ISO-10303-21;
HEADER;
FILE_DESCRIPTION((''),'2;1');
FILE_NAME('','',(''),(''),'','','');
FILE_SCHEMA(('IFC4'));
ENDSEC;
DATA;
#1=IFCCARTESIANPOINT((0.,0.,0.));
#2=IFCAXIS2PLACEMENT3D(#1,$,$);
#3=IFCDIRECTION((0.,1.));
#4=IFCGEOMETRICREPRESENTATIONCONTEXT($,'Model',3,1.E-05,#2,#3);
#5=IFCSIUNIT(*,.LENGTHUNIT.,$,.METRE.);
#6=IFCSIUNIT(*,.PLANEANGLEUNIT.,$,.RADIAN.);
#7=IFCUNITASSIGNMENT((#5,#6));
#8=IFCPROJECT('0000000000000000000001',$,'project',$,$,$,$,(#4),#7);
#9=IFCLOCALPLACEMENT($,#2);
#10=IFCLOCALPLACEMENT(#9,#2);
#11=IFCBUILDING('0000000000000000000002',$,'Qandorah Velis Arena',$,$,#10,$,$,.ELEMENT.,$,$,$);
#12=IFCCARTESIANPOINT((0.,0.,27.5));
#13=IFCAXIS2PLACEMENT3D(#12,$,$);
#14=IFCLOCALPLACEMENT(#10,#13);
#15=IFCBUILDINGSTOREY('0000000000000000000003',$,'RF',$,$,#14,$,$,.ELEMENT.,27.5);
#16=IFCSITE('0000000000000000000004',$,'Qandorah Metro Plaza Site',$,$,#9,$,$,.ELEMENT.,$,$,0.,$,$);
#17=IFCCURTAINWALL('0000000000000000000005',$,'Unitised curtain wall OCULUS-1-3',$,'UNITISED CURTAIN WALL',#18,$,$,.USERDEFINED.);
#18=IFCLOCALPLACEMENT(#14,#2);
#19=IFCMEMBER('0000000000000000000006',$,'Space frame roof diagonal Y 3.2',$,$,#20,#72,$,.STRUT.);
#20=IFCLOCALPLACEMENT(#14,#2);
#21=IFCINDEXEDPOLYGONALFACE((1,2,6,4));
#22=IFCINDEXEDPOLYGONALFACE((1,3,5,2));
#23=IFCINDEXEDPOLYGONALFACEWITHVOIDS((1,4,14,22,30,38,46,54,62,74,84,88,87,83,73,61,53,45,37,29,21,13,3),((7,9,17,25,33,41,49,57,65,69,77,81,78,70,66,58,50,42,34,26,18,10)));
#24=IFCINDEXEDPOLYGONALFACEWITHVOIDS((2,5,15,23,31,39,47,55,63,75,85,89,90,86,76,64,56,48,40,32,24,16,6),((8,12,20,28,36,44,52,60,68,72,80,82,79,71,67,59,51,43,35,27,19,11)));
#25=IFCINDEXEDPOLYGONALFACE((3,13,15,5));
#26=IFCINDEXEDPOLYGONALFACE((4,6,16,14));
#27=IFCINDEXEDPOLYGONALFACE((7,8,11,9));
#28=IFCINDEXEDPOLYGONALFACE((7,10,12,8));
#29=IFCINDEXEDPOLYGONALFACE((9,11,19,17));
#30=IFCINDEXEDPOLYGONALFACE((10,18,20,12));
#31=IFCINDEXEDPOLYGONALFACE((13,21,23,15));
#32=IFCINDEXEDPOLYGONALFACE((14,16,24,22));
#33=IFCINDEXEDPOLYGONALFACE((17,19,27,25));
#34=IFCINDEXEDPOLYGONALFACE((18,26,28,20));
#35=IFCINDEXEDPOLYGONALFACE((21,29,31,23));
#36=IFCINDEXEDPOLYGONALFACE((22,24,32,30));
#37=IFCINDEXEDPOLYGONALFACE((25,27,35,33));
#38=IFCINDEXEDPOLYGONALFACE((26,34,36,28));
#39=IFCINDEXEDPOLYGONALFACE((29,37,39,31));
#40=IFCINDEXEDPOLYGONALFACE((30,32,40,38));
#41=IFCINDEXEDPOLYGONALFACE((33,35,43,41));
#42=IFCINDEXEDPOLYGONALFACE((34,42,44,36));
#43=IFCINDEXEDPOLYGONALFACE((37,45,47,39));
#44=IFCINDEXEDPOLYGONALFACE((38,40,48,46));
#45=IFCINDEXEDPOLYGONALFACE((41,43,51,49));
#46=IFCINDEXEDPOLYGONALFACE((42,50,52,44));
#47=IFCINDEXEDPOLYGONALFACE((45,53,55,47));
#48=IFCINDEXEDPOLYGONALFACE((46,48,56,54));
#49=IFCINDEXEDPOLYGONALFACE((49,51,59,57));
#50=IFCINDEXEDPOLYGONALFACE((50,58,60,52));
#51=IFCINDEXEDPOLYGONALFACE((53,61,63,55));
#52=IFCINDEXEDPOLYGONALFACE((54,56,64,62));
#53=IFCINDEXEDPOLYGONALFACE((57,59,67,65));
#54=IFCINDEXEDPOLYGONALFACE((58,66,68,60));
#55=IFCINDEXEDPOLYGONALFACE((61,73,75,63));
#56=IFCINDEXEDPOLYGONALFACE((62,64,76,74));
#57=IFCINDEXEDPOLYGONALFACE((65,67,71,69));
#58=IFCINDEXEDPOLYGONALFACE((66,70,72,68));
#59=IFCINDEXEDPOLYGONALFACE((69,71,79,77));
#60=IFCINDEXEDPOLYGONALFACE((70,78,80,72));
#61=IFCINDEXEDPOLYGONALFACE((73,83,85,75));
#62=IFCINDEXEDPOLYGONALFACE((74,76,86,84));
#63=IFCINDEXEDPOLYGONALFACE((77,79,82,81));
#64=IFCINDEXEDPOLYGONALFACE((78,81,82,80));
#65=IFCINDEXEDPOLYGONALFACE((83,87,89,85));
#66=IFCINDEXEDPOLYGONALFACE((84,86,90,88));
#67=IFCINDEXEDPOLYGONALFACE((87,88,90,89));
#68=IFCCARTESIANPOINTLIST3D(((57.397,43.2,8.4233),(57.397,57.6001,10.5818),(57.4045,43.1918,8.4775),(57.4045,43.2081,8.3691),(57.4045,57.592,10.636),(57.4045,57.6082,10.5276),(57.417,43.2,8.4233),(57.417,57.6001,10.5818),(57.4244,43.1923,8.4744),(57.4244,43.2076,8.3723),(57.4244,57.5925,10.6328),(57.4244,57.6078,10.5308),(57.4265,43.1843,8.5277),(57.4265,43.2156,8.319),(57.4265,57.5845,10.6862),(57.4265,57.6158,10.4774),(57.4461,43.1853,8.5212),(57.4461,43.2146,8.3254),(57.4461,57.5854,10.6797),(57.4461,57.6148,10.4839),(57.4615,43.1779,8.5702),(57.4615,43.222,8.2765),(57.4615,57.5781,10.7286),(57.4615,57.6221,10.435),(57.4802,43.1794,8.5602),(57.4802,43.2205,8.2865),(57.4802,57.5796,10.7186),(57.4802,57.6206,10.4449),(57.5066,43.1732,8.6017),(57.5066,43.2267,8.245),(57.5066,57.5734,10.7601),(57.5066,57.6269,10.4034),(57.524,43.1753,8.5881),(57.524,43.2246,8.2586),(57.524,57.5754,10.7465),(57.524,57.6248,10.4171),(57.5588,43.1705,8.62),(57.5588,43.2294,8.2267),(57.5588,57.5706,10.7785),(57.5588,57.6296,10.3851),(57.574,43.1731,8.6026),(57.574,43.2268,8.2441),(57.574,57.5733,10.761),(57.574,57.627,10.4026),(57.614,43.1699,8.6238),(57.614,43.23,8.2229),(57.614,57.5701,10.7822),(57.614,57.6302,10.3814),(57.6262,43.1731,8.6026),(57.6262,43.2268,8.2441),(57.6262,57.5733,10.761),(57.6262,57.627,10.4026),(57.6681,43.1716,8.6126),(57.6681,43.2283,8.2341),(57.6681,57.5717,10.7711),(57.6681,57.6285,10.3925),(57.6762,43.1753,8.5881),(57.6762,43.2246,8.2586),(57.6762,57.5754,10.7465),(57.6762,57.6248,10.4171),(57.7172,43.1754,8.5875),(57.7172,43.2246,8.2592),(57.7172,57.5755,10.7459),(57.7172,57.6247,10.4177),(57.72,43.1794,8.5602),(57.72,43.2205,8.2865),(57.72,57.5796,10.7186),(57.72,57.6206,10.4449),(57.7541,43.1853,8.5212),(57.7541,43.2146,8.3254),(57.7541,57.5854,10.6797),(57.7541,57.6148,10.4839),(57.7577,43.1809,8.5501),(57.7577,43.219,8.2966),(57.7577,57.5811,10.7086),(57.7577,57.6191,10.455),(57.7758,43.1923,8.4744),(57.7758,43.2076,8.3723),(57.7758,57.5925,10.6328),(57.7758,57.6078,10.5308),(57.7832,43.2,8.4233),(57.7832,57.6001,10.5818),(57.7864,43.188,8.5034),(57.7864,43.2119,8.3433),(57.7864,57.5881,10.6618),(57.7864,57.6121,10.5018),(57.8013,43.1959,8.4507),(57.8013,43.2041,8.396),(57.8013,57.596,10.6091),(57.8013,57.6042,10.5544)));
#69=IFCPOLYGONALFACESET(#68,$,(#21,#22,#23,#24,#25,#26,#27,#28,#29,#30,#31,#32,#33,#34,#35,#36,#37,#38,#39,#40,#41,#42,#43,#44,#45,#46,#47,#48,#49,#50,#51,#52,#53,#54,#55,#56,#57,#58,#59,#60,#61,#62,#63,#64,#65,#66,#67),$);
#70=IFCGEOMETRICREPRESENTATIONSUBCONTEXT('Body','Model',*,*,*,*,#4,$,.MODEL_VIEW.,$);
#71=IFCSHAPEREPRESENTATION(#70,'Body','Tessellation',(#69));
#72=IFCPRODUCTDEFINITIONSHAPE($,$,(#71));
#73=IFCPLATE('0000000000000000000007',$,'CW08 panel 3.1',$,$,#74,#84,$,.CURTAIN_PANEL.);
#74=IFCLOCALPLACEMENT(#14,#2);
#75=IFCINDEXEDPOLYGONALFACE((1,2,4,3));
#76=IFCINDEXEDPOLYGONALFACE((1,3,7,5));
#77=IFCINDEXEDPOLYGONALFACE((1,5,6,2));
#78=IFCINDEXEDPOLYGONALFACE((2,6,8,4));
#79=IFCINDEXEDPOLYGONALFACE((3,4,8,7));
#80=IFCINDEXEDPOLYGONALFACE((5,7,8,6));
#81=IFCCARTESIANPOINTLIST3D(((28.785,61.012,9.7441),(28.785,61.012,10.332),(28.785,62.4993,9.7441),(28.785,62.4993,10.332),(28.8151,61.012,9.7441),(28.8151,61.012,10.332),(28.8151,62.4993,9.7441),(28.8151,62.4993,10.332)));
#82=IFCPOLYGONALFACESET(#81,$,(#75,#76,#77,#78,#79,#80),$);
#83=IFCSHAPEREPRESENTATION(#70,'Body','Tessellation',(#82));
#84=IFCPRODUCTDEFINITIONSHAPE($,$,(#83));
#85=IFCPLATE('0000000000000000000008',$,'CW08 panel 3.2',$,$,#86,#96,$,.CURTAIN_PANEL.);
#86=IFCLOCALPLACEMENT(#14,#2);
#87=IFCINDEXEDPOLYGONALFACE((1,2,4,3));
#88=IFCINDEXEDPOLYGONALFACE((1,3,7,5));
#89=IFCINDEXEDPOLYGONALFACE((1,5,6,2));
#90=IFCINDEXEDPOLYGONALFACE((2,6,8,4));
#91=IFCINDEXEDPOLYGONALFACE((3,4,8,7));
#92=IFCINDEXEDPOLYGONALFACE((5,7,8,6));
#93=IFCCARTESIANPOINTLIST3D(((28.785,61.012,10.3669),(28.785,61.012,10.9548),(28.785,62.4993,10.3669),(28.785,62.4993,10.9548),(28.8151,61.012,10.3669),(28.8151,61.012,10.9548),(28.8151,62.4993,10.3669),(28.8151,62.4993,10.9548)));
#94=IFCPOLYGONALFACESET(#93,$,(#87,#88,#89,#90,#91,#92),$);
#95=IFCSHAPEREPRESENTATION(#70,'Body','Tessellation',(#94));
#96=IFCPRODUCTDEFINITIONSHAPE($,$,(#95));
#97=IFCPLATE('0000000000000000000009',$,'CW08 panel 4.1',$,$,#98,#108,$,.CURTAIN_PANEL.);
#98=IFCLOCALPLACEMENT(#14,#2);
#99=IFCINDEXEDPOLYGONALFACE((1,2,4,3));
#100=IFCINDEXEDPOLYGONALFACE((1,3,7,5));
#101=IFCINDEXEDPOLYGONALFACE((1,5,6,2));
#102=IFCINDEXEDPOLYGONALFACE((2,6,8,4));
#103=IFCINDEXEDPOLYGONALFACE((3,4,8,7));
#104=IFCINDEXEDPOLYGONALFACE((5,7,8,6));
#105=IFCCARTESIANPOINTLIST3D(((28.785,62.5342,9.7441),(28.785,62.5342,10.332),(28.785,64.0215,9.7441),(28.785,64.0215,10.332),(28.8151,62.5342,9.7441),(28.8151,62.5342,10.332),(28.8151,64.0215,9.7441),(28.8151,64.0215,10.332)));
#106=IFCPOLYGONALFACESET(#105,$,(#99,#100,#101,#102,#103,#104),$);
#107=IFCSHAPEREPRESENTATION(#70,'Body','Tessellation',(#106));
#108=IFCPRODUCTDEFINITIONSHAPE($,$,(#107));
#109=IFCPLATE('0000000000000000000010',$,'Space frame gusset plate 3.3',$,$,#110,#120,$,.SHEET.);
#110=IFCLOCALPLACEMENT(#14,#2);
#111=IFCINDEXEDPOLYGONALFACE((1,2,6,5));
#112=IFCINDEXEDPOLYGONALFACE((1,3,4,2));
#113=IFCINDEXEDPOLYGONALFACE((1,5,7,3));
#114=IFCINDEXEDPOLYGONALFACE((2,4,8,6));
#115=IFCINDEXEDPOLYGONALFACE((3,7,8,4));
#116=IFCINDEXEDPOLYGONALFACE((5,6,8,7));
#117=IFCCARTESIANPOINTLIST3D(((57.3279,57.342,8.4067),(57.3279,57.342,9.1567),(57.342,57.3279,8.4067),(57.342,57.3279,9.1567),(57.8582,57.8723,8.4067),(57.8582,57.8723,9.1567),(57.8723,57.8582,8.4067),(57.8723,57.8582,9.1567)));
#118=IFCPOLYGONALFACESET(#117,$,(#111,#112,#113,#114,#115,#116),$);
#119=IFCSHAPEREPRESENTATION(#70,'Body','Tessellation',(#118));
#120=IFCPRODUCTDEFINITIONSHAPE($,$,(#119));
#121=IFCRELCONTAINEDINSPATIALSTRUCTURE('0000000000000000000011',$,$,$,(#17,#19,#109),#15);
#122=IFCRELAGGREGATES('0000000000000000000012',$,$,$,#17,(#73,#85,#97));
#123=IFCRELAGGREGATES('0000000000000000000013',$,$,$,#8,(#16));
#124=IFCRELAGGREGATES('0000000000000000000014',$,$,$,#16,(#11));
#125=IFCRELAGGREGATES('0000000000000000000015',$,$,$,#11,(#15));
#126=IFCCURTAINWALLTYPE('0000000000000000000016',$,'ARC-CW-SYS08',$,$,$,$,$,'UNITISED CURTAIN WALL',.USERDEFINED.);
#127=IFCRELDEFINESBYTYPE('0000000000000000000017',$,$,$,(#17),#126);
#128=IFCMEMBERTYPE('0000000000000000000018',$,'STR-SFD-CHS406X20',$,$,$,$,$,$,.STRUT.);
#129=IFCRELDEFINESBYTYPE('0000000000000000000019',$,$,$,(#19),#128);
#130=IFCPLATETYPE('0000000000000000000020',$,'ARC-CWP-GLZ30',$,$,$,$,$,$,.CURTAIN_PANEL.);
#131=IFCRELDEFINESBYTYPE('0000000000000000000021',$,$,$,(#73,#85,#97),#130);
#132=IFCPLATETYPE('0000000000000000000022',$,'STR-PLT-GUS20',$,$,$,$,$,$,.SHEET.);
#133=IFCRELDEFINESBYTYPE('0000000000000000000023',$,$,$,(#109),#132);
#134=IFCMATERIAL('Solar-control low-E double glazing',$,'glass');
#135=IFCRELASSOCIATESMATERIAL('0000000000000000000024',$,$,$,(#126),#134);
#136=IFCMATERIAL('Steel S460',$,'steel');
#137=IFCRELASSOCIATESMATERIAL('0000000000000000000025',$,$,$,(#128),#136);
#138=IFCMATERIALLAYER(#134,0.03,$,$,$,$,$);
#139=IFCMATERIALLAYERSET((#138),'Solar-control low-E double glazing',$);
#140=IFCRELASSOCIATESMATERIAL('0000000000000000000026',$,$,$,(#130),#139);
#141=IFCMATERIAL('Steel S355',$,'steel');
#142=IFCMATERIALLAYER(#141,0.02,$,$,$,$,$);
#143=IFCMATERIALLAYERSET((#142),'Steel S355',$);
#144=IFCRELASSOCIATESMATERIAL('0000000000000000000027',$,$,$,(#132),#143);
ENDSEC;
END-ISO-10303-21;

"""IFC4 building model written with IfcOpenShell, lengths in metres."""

from ifc_helpers import new_model, si_unit, direction, frame, origin, origin_2d, place, context, subcontext, project, spatial, rectangle, hollow_circle, extrude, material, layer, layer_set, material_profile, profile_set, type_object, element, aggregate, save


model = new_model("IFC4")

# Units and contexts
model_context = context("Model", 3, precision=1e-05, world=origin(), true_north=direction((0.0, 1.0)))
body_context = subcontext(model_context, "Body", "Model", "MODEL_VIEW")
ifc_project = project(units=[si_unit("LENGTHUNIT", "METRE"), si_unit("PLANEANGLEUNIT", "RADIAN")], contexts=[model_context])

# Site, building, storey
site_placement = place(None, origin())
site = spatial("IfcSite", under=ifc_project, at=site_placement, Name="Qandorah Metro Plaza Site", CompositionType="ELEMENT", RefElevation=0.0)
building_placement = place(site_placement, origin())
building = spatial("IfcBuilding", under=site, at=building_placement, Name="Qandorah Velis Arena", CompositionType="ELEMENT")
storey_placement = place(building_placement, frame((0.0, 0.0, 27.5)))
storey = spatial("IfcBuildingStorey", under=building, at=storey_placement, Name="RF", CompositionType="ELEMENT", Elevation=27.5)

# Curtain wall
ifc_material_1 = material(Name="Solar-control low-E double glazing", Category="glass")
curtain_wall_type = type_object("IfcCurtainWallType", Name="ARC-CW-SYS08", ElementType="UNITISED CURTAIN WALL", PredefinedType="USERDEFINED", material=ifc_material_1)
curtain_wall_placement = place(storey_placement, origin())
curtain_wall = element("IfcCurtainWall", 1, at=curtain_wall_placement, inside=storey, type_object=curtain_wall_type, Name="Unitised curtain wall OCULUS-1-3", ObjectType="UNITISED CURTAIN WALL", PredefinedType="USERDEFINED")

# Shared definitions
ifc_material_2 = material(Name="Steel S355", Category="steel")

# Member
ifc_material_3 = material(Name="Steel S460", Category="steel")
ifc_material_profile_1 = material_profile(ifc_material_3, hollow_circle(Radius=0.2031, WallThickness=0.02, at=origin_2d()), Name="CHS 406.4x20")
ifc_profile_set_1 = profile_set([ifc_material_profile_1], Name="Steel S460")
member_type_1 = type_object("IfcMemberType", Name="STR-SFD-CHS406X20", PredefinedType="STRUT", material=ifc_profile_set_1)
member_1_placement = place(storey_placement, frame((57.6001, 43.2, 8.4233), z_axis=(0.0, 0.988952, 0.148235), x_axis=(-1.0, 0.0, 0.0)))
element("IfcMember", 2, at=member_1_placement, inside=storey, type_object=member_type_1, Name="Space frame roof diagonal Y 3.2", PredefinedType="STRUT", context=body_context, shape_type="SweptSolid", body=[
    extrude(hollow_circle(Radius=0.2031, WallThickness=0.02, at=origin_2d()), origin(), (0.0, 0.0, 1.0), 14.561),
])

# Plates
ifc_layer_1 = layer(ifc_material_1, 0.03)
ifc_layer_set_1 = layer_set([ifc_layer_1], Name="Solar-control low-E double glazing")
plate_type_1 = type_object("IfcPlateType", Name="ARC-CWP-GLZ30", PredefinedType="CURTAIN_PANEL", material=ifc_layer_set_1)
plate_1_placement = place(storey_placement, frame((28.8, 61.7556, 9.7441), z_axis=(0.0, 0.0, 1.0), x_axis=(0.0, 1.0, 0.0)))
plate_1 = element("IfcPlate", 3, at=plate_1_placement, type_object=plate_type_1, Name="CW08 panel 3.1", PredefinedType="CURTAIN_PANEL", context=body_context, shape_type="SweptSolid", body=[
    extrude(rectangle(XDim=1.4873, YDim=0.03, at=origin_2d()), origin(), (0.0, 0.0, 1.0), 0.5879),
])
plate_2_placement = place(storey_placement, frame((28.8, 61.7556, 10.3669), z_axis=(0.0, 0.0, 1.0), x_axis=(0.0, 1.0, 0.0)))
plate_2 = element("IfcPlate", 4, at=plate_2_placement, type_object=plate_type_1, Name="CW08 panel 3.2", PredefinedType="CURTAIN_PANEL", context=body_context, shape_type="SweptSolid", body=[
    extrude(rectangle(XDim=1.4873, YDim=0.03, at=origin_2d()), origin(), (0.0, 0.0, 1.0), 0.5879),
])
plate_3_placement = place(storey_placement, frame((28.8, 63.2778, 9.7441), z_axis=(0.0, 0.0, 1.0), x_axis=(0.0, 1.0, 0.0)))
plate_3 = element("IfcPlate", 5, at=plate_3_placement, type_object=plate_type_1, Name="CW08 panel 4.1", PredefinedType="CURTAIN_PANEL", context=body_context, shape_type="SweptSolid", body=[
    extrude(rectangle(XDim=1.4873, YDim=0.03, at=origin_2d()), origin(), (0.0, 0.0, 1.0), 0.5879),
])
aggregate(curtain_wall, [plate_1, plate_2, plate_3])
ifc_layer_2 = layer(ifc_material_2, 0.02)
ifc_layer_set_2 = layer_set([ifc_layer_2], Name="Steel S355")
plate_type_2 = type_object("IfcPlateType", Name="STR-PLT-GUS20", PredefinedType="SHEET", material=ifc_layer_set_2)
plate_4_placement = place(storey_placement, frame((57.6001, 57.6001, 8.4067), z_axis=(0.0, 0.0, 1.0), x_axis=(0.707107, 0.707107, 0.0)))
element("IfcPlate", 6, at=plate_4_placement, inside=storey, type_object=plate_type_2, Name="Space frame gusset plate 3.3", PredefinedType="SHEET", context=body_context, shape_type="SweptSolid", body=[
    extrude(rectangle(XDim=0.75, YDim=0.02, at=origin_2d()), origin(), (0.0, 0.0, 1.0), 0.75),
])

save(model, "model.ifc")
